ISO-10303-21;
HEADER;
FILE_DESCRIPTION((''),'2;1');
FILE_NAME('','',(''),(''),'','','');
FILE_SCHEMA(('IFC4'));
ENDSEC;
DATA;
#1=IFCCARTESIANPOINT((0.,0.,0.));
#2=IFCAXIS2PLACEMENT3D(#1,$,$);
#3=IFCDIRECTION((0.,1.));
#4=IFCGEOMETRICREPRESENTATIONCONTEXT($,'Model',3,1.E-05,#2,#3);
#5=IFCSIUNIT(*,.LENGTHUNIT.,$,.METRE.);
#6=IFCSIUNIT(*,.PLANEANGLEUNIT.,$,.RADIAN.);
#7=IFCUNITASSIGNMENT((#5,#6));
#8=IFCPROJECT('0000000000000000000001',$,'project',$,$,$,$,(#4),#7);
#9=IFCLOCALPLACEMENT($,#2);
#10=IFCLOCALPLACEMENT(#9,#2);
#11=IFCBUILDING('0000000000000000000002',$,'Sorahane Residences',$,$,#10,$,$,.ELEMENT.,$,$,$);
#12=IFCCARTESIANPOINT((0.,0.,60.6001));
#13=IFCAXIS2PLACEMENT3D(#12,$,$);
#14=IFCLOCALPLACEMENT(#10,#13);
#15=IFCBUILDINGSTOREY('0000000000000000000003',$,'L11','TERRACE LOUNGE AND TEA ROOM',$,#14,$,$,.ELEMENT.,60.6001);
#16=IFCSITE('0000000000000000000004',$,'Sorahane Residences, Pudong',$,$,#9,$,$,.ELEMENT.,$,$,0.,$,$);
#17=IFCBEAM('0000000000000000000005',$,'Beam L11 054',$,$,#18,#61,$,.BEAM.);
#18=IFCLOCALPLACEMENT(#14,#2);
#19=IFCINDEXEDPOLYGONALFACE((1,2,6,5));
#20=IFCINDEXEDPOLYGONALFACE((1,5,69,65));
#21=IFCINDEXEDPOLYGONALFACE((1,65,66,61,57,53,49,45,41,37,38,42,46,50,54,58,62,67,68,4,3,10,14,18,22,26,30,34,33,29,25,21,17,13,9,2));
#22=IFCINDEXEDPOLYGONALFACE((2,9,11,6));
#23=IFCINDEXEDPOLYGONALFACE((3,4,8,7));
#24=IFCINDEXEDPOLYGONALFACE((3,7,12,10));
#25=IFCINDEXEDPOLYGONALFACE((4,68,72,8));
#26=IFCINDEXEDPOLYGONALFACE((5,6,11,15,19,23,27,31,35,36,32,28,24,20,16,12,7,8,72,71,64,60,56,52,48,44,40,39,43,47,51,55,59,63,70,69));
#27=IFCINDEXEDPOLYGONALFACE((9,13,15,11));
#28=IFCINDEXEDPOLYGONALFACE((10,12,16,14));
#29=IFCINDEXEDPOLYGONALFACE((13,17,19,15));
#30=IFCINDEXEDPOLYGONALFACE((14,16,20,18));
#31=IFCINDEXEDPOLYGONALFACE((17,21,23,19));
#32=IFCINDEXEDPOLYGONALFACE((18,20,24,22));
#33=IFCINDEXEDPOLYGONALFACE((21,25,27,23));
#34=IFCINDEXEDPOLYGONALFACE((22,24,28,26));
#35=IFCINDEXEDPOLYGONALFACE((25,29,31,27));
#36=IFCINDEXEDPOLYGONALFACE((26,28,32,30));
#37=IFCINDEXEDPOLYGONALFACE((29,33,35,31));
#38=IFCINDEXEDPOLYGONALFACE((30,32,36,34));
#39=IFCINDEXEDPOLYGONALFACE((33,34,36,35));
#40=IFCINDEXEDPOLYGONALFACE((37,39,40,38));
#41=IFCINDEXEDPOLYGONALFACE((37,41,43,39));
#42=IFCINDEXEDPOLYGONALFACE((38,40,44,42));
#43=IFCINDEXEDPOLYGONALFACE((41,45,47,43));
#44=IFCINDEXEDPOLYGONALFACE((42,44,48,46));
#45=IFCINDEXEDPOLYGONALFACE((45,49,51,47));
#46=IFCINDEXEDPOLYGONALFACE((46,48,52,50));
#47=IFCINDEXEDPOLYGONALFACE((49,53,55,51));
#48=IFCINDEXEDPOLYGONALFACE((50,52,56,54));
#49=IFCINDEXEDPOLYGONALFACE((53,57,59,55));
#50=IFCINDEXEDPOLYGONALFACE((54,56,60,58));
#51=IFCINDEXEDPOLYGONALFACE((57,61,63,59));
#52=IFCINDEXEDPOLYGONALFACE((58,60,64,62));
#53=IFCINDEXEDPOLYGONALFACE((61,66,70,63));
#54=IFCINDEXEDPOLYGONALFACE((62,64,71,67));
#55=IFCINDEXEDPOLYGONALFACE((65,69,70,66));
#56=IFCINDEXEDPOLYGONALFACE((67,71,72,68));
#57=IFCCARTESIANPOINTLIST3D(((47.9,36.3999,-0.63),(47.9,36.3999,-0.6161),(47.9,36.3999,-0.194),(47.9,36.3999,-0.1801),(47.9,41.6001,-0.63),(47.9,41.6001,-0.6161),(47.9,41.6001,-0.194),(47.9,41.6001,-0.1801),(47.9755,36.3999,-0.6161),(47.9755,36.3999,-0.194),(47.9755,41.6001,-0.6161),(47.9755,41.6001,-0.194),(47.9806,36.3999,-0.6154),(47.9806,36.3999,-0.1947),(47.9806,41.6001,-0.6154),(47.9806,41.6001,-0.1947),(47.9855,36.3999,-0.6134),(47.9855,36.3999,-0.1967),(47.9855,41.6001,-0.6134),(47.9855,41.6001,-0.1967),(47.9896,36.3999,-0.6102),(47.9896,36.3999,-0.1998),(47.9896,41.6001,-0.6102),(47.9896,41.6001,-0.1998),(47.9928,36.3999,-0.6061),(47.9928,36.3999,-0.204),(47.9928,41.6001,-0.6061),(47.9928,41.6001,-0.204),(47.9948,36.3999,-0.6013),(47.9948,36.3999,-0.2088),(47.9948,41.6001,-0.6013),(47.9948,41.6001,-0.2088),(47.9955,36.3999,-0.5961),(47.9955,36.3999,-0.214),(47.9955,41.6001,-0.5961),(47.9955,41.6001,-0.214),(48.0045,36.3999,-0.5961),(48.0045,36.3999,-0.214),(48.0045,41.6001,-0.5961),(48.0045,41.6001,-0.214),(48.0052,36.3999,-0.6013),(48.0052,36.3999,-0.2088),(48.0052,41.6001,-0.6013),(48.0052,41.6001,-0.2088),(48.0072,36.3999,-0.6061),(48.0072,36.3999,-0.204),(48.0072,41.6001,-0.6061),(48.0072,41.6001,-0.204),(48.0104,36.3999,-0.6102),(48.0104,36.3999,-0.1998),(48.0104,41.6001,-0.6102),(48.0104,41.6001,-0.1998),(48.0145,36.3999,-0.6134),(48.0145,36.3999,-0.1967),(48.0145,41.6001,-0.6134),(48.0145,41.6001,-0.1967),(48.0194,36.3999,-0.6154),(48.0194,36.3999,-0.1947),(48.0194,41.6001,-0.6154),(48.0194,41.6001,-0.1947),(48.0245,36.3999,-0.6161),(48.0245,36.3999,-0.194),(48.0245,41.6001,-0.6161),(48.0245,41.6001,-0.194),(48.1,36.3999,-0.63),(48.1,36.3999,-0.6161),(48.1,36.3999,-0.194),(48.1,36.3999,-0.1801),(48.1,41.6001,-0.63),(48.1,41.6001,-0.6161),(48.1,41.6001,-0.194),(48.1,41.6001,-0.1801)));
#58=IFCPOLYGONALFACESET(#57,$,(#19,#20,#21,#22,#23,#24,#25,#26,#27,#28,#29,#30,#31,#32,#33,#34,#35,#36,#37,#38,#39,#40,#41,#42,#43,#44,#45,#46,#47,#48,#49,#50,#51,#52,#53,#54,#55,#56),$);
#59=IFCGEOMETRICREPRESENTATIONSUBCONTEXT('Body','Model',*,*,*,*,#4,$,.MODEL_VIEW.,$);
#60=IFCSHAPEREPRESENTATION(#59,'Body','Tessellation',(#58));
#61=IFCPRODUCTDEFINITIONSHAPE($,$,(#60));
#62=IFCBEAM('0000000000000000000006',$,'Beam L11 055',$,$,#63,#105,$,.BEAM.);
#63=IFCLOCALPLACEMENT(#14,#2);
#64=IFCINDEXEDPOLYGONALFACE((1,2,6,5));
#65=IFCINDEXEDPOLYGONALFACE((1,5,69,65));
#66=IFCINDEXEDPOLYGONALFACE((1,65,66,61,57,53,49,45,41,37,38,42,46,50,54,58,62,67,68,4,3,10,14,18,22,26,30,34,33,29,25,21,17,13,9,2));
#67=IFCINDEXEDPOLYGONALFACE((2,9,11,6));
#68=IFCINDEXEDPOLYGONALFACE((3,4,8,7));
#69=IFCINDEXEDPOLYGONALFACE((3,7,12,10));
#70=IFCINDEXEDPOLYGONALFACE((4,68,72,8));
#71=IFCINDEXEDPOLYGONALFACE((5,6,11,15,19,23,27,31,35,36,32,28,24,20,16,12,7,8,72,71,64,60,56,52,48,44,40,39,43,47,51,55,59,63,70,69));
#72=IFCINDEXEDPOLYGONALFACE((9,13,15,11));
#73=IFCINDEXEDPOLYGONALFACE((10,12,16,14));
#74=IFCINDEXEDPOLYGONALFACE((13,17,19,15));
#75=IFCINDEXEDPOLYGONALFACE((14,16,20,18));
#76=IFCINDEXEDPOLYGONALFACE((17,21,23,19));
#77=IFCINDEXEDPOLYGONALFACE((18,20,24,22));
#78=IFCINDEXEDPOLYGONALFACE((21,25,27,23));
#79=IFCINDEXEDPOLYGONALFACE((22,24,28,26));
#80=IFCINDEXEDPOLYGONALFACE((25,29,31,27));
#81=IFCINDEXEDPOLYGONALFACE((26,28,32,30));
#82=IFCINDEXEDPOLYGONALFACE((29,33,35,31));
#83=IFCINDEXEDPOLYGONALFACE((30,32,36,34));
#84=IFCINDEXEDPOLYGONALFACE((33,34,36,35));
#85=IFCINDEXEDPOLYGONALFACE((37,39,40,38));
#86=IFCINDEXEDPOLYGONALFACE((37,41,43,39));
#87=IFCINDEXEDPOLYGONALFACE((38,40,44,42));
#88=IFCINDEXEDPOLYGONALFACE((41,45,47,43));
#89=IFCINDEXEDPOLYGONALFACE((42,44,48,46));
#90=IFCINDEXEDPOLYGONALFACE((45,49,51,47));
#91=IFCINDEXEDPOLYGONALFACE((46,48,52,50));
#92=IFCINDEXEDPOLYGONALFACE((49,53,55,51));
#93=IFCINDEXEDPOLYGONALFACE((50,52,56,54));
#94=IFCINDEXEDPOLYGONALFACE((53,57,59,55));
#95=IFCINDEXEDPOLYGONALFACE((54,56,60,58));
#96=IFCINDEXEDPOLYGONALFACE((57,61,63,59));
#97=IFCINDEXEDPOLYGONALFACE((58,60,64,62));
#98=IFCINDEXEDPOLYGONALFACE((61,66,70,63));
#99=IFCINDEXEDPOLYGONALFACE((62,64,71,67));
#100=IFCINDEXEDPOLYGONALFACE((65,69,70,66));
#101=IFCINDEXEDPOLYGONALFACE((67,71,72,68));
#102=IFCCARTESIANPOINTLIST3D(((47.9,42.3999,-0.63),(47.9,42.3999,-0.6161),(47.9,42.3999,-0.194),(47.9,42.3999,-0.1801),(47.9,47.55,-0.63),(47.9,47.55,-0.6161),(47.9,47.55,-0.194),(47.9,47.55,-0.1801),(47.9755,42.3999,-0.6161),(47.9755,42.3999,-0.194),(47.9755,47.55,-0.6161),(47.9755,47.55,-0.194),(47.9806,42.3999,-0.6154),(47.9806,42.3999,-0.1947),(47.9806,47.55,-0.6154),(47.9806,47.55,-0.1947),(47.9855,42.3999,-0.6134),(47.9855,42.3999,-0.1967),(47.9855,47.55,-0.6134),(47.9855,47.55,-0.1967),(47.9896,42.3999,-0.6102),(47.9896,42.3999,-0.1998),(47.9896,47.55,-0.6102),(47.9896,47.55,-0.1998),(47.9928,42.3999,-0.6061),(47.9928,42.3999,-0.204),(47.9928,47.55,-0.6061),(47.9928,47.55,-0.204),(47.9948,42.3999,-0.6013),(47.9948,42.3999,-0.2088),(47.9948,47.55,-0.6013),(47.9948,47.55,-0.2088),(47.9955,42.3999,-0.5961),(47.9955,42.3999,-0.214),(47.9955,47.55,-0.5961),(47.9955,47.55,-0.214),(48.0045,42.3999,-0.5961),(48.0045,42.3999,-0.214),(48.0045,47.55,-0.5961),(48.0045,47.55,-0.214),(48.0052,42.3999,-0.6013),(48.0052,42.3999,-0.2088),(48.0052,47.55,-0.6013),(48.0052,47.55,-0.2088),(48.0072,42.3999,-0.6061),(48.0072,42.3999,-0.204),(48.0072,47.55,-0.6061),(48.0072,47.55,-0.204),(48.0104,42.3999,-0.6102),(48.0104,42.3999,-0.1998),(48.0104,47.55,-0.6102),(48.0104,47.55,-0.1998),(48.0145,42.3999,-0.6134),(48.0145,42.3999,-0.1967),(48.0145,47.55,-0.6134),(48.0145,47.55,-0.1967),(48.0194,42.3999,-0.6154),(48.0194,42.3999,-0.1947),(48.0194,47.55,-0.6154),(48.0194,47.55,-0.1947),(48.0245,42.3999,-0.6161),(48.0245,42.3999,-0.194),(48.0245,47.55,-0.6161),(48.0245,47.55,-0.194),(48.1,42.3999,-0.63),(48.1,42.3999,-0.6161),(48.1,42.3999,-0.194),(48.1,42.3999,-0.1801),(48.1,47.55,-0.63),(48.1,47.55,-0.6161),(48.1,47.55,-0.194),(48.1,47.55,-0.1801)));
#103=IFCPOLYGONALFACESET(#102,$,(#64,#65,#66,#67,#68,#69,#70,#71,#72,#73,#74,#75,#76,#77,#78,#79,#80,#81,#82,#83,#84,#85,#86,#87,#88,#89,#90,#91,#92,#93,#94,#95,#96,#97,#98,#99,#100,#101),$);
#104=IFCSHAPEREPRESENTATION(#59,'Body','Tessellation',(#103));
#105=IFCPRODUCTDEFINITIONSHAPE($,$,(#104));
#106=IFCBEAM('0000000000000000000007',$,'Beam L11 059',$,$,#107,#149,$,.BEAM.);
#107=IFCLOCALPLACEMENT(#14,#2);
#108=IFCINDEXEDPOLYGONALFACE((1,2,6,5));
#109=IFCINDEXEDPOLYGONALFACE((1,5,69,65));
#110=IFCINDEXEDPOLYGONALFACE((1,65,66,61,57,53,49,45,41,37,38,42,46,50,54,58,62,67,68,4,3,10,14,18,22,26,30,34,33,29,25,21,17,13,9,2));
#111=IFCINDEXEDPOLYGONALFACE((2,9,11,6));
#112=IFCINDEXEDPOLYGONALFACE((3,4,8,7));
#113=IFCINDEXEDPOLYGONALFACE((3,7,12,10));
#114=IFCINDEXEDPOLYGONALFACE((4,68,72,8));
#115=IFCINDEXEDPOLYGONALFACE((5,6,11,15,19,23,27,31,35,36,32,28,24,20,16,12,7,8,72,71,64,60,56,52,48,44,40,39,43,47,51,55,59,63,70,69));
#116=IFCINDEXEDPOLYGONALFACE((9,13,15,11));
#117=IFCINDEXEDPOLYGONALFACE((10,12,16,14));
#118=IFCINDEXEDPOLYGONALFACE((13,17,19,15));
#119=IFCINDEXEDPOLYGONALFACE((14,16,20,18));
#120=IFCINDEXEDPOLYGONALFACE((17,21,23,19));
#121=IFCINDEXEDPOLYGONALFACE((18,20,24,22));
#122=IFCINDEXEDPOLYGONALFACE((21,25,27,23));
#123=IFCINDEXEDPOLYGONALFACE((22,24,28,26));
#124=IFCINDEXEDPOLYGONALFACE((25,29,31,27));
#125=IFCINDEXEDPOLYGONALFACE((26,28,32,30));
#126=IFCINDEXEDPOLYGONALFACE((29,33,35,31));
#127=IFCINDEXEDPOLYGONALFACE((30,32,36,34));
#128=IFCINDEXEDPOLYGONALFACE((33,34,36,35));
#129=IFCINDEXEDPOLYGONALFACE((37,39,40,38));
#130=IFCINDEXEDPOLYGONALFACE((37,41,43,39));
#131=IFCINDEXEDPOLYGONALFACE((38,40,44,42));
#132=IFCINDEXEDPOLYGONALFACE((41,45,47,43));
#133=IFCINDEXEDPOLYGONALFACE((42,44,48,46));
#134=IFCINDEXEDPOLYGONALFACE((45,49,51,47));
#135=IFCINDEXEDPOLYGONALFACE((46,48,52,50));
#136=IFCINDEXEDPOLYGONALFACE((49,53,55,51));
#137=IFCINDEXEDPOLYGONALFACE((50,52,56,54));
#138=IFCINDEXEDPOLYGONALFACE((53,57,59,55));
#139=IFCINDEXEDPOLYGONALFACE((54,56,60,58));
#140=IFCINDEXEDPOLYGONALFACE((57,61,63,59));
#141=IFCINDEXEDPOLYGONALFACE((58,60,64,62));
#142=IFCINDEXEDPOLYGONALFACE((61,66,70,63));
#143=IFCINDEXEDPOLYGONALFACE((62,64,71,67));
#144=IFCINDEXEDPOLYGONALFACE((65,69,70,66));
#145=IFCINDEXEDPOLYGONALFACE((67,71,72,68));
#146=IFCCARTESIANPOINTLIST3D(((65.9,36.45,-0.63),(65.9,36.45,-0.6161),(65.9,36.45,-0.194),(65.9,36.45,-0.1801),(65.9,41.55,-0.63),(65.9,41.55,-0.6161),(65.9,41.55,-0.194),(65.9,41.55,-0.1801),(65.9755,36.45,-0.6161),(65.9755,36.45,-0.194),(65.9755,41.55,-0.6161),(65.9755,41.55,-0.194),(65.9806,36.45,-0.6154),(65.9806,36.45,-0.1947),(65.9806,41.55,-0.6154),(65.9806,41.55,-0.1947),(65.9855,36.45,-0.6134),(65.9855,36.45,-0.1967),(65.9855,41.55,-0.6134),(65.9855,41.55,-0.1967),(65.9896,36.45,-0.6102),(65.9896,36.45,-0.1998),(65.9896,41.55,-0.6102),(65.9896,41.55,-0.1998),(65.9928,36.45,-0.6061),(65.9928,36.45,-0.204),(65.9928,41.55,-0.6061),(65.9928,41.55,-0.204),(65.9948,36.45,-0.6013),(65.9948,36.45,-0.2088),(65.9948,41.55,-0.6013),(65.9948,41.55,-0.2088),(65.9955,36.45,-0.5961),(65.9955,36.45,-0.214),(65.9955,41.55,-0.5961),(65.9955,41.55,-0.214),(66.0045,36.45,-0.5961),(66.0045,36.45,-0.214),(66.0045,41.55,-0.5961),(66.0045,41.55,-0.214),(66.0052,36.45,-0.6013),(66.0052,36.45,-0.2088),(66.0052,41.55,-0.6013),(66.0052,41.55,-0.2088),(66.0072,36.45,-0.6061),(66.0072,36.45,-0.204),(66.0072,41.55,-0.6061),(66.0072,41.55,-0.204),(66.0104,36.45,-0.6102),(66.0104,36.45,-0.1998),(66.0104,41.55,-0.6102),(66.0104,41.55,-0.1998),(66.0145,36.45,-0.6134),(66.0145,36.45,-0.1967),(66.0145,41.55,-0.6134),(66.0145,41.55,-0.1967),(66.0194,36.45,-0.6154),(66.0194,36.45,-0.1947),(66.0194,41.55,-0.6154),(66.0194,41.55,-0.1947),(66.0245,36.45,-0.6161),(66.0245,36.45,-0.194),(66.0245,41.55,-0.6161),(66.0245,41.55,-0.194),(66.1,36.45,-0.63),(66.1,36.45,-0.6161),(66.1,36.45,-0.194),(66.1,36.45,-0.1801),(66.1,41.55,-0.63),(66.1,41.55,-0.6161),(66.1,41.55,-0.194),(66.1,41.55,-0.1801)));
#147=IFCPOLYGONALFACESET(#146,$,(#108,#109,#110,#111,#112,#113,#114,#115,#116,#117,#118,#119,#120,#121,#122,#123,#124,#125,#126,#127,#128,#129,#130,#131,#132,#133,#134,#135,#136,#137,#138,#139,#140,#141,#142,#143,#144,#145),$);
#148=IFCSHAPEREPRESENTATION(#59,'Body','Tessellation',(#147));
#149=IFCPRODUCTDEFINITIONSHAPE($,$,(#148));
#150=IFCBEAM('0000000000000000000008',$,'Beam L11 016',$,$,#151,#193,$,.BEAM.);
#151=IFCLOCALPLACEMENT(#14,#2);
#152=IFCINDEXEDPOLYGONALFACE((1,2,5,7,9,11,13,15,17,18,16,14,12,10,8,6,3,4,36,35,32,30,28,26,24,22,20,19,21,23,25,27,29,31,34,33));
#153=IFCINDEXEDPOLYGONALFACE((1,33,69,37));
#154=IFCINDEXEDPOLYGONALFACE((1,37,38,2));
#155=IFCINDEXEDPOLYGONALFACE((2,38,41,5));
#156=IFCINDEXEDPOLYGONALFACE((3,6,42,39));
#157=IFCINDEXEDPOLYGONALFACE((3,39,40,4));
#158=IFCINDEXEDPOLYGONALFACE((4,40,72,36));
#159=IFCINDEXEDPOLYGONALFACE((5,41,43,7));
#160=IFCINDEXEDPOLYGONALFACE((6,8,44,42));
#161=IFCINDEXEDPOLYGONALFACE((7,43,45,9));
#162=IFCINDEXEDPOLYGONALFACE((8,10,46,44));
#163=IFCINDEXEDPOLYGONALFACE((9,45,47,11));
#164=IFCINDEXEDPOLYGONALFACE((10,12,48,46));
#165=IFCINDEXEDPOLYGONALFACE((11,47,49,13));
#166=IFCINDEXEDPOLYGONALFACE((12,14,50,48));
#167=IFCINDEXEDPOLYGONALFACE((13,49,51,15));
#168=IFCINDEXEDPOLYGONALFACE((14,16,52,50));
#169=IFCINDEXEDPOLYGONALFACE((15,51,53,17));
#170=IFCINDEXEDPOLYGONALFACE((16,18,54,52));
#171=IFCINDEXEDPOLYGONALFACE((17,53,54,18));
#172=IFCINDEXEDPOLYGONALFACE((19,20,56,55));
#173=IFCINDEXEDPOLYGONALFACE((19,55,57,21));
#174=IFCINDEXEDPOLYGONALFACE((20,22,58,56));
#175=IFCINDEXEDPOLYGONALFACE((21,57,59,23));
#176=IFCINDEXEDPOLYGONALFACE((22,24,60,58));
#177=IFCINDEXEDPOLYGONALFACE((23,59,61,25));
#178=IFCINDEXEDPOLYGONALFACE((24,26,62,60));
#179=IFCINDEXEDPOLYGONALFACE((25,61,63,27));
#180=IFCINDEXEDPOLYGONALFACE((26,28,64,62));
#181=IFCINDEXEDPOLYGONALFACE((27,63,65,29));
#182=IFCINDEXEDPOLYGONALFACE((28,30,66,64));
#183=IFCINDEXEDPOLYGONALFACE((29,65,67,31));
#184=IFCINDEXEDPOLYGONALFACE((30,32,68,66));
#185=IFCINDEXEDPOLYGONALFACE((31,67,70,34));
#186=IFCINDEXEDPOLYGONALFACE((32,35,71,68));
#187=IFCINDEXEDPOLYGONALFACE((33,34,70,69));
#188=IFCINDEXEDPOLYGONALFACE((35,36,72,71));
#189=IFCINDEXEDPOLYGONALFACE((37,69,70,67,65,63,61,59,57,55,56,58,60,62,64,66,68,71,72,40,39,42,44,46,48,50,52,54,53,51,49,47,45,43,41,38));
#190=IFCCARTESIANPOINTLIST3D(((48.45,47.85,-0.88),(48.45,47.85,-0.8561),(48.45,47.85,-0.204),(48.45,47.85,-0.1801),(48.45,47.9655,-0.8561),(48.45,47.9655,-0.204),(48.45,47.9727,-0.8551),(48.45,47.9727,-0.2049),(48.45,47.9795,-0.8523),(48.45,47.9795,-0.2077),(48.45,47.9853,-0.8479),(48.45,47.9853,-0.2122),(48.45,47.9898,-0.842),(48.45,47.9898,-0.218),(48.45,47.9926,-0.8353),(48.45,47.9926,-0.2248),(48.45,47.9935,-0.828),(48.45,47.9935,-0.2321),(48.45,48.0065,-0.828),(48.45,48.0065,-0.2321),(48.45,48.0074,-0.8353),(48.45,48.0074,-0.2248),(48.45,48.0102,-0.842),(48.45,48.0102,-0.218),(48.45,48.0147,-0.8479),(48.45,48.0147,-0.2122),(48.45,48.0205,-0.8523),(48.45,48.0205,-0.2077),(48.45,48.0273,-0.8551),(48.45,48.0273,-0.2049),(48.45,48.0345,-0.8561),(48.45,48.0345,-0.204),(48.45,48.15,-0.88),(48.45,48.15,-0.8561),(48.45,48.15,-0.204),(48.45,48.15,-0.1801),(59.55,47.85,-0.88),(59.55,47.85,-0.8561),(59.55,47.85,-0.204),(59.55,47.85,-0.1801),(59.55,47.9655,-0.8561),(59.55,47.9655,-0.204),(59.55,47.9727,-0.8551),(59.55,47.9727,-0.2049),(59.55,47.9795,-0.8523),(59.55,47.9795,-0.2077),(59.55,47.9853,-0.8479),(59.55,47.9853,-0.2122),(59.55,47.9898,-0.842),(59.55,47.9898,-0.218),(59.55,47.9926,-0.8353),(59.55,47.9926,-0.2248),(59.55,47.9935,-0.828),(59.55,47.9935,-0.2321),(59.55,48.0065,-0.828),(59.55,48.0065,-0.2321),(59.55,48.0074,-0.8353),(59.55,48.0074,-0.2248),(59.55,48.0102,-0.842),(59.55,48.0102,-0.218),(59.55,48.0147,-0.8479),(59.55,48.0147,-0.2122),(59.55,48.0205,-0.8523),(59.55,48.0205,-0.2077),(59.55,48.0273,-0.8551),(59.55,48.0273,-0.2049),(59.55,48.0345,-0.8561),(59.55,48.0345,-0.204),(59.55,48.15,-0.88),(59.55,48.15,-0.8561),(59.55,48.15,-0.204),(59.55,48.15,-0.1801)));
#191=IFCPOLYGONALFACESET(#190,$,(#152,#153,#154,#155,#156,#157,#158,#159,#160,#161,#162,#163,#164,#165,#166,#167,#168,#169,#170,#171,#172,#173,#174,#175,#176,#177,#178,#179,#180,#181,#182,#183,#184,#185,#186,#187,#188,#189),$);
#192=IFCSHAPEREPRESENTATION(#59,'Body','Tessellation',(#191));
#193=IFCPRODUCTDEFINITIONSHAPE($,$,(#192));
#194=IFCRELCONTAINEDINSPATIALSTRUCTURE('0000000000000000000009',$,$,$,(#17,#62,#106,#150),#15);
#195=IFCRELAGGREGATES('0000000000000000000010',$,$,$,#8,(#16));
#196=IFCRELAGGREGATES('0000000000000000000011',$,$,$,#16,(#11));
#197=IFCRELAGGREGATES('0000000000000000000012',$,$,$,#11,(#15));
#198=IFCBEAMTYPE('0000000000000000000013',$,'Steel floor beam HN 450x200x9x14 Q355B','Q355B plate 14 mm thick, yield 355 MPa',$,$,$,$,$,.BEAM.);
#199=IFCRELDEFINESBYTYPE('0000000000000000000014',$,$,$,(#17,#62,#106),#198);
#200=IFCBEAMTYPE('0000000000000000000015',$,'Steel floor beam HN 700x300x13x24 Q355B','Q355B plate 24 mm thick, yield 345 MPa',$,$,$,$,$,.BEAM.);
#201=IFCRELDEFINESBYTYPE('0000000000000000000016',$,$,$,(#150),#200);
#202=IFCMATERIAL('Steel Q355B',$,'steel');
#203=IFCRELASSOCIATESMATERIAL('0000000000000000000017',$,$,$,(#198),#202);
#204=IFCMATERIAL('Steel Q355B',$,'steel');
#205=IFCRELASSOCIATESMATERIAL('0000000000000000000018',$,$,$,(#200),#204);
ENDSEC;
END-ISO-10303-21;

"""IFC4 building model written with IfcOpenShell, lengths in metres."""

from ifc_helpers import new_model, si_unit, direction, frame, origin, origin_2d, place, context, subcontext, project, spatial, i_section, extrude, material, material_profile, profile_set, type_object, element, save


model = new_model("IFC4")

# Units and contexts
model_context = context("Model", 3, precision=1e-05, world=origin(), true_north=direction((0.0, 1.0)))
body_context = subcontext(model_context, "Body", "Model", "MODEL_VIEW")
ifc_project = project(units=[si_unit("LENGTHUNIT", "METRE"), si_unit("PLANEANGLEUNIT", "RADIAN")], contexts=[model_context])

# Site, building, storey
site_placement = place(None, origin())
site = spatial("IfcSite", under=ifc_project, at=site_placement, Name="Sorahane Residences, Pudong", CompositionType="ELEMENT", RefElevation=0.0)
building_placement = place(site_placement, origin())
building = spatial("IfcBuilding", under=site, at=building_placement, Name="Sorahane Residences", CompositionType="ELEMENT")
storey_placement = place(building_placement, frame((0.0, 0.0, 60.6001)))
storey = spatial("IfcBuildingStorey", under=building, at=storey_placement, Name="L11", Description="TERRACE LOUNGE AND TEA ROOM", CompositionType="ELEMENT", Elevation=60.6001)

# Beams
ifc_material_1 = material(Name="Steel Q355B", Category="steel")
ifc_material_profile_1 = material_profile(ifc_material_1, i_section(OverallWidth=0.2, OverallDepth=0.45, WebThickness=0.009, FlangeThickness=0.0139, FilletRadius=0.02, at=origin_2d()), Name="HN 450x200x9x14")
ifc_profile_set_1 = profile_set([ifc_material_profile_1], Name="Steel Q355B")
beam_type_1 = type_object("IfcBeamType", Name="Steel floor beam HN 450x200x9x14 Q355B", Description="Q355B plate 14 mm thick, yield 355 MPa", PredefinedType="BEAM", material=ifc_profile_set_1)
beam_1_placement = place(storey_placement, frame((48.0, 36.3999, -0.405), z_axis=(0.0, 1.0, 0.0), x_axis=(-1.0, 0.0, 0.0)))
element("IfcBeam", 1, at=beam_1_placement, inside=storey, type_object=beam_type_1, Name="Beam L11 054", PredefinedType="BEAM", context=body_context, shape_type="SweptSolid", body=[
    extrude(i_section(OverallWidth=0.2, OverallDepth=0.45, WebThickness=0.009, FlangeThickness=0.0139, FilletRadius=0.02, at=origin_2d()), origin(), (0.0, 0.0, 1.0), 5.2002),
])
beam_2_placement = place(storey_placement, frame((48.0, 42.3999, -0.405), z_axis=(0.0, 1.0, 0.0), x_axis=(-1.0, 0.0, 0.0)))
element("IfcBeam", 2, at=beam_2_placement, inside=storey, type_object=beam_type_1, Name="Beam L11 055", PredefinedType="BEAM", context=body_context, shape_type="SweptSolid", body=[
    extrude(i_section(OverallWidth=0.2, OverallDepth=0.45, WebThickness=0.009, FlangeThickness=0.0139, FilletRadius=0.02, at=origin_2d()), origin(), (0.0, 0.0, 1.0), 5.1501),
])
beam_3_placement = place(storey_placement, frame((66.0, 36.45, -0.405), z_axis=(0.0, 1.0, 0.0), x_axis=(-1.0, 0.0, 0.0)))
element("IfcBeam", 3, at=beam_3_placement, inside=storey, type_object=beam_type_1, Name="Beam L11 059", PredefinedType="BEAM", context=body_context, shape_type="SweptSolid", body=[
    extrude(i_section(OverallWidth=0.2, OverallDepth=0.45, WebThickness=0.009, FlangeThickness=0.0139, FilletRadius=0.02, at=origin_2d()), origin(), (0.0, 0.0, 1.0), 5.1001),
])
ifc_material_2 = material(Name="Steel Q355B", Category="steel")
ifc_material_profile_2 = material_profile(ifc_material_2, i_section(OverallWidth=0.3, OverallDepth=0.7, WebThickness=0.0129, FlangeThickness=0.0239, FilletRadius=0.0281, at=origin_2d()), Name="HN 700x300x13x24")
ifc_profile_set_2 = profile_set([ifc_material_profile_2], Name="Steel Q355B")
beam_type_2 = type_object("IfcBeamType", Name="Steel floor beam HN 700x300x13x24 Q355B", Description="Q355B plate 24 mm thick, yield 345 MPa", PredefinedType="BEAM", material=ifc_profile_set_2)
beam_4_placement = place(storey_placement, frame((48.45, 48.0, -0.53), z_axis=(1.0, 0.0, 0.0), x_axis=(0.0, 1.0, 0.0)))
element("IfcBeam", 4, at=beam_4_placement, inside=storey, type_object=beam_type_2, Name="Beam L11 016", PredefinedType="BEAM", context=body_context, shape_type="SweptSolid", body=[
    extrude(i_section(OverallWidth=0.3, OverallDepth=0.7, WebThickness=0.0129, FlangeThickness=0.0239, FilletRadius=0.0281, at=origin_2d()), origin(), (0.0, 0.0, 1.0), 11.1001),
])

save(model, "model.ifc")
